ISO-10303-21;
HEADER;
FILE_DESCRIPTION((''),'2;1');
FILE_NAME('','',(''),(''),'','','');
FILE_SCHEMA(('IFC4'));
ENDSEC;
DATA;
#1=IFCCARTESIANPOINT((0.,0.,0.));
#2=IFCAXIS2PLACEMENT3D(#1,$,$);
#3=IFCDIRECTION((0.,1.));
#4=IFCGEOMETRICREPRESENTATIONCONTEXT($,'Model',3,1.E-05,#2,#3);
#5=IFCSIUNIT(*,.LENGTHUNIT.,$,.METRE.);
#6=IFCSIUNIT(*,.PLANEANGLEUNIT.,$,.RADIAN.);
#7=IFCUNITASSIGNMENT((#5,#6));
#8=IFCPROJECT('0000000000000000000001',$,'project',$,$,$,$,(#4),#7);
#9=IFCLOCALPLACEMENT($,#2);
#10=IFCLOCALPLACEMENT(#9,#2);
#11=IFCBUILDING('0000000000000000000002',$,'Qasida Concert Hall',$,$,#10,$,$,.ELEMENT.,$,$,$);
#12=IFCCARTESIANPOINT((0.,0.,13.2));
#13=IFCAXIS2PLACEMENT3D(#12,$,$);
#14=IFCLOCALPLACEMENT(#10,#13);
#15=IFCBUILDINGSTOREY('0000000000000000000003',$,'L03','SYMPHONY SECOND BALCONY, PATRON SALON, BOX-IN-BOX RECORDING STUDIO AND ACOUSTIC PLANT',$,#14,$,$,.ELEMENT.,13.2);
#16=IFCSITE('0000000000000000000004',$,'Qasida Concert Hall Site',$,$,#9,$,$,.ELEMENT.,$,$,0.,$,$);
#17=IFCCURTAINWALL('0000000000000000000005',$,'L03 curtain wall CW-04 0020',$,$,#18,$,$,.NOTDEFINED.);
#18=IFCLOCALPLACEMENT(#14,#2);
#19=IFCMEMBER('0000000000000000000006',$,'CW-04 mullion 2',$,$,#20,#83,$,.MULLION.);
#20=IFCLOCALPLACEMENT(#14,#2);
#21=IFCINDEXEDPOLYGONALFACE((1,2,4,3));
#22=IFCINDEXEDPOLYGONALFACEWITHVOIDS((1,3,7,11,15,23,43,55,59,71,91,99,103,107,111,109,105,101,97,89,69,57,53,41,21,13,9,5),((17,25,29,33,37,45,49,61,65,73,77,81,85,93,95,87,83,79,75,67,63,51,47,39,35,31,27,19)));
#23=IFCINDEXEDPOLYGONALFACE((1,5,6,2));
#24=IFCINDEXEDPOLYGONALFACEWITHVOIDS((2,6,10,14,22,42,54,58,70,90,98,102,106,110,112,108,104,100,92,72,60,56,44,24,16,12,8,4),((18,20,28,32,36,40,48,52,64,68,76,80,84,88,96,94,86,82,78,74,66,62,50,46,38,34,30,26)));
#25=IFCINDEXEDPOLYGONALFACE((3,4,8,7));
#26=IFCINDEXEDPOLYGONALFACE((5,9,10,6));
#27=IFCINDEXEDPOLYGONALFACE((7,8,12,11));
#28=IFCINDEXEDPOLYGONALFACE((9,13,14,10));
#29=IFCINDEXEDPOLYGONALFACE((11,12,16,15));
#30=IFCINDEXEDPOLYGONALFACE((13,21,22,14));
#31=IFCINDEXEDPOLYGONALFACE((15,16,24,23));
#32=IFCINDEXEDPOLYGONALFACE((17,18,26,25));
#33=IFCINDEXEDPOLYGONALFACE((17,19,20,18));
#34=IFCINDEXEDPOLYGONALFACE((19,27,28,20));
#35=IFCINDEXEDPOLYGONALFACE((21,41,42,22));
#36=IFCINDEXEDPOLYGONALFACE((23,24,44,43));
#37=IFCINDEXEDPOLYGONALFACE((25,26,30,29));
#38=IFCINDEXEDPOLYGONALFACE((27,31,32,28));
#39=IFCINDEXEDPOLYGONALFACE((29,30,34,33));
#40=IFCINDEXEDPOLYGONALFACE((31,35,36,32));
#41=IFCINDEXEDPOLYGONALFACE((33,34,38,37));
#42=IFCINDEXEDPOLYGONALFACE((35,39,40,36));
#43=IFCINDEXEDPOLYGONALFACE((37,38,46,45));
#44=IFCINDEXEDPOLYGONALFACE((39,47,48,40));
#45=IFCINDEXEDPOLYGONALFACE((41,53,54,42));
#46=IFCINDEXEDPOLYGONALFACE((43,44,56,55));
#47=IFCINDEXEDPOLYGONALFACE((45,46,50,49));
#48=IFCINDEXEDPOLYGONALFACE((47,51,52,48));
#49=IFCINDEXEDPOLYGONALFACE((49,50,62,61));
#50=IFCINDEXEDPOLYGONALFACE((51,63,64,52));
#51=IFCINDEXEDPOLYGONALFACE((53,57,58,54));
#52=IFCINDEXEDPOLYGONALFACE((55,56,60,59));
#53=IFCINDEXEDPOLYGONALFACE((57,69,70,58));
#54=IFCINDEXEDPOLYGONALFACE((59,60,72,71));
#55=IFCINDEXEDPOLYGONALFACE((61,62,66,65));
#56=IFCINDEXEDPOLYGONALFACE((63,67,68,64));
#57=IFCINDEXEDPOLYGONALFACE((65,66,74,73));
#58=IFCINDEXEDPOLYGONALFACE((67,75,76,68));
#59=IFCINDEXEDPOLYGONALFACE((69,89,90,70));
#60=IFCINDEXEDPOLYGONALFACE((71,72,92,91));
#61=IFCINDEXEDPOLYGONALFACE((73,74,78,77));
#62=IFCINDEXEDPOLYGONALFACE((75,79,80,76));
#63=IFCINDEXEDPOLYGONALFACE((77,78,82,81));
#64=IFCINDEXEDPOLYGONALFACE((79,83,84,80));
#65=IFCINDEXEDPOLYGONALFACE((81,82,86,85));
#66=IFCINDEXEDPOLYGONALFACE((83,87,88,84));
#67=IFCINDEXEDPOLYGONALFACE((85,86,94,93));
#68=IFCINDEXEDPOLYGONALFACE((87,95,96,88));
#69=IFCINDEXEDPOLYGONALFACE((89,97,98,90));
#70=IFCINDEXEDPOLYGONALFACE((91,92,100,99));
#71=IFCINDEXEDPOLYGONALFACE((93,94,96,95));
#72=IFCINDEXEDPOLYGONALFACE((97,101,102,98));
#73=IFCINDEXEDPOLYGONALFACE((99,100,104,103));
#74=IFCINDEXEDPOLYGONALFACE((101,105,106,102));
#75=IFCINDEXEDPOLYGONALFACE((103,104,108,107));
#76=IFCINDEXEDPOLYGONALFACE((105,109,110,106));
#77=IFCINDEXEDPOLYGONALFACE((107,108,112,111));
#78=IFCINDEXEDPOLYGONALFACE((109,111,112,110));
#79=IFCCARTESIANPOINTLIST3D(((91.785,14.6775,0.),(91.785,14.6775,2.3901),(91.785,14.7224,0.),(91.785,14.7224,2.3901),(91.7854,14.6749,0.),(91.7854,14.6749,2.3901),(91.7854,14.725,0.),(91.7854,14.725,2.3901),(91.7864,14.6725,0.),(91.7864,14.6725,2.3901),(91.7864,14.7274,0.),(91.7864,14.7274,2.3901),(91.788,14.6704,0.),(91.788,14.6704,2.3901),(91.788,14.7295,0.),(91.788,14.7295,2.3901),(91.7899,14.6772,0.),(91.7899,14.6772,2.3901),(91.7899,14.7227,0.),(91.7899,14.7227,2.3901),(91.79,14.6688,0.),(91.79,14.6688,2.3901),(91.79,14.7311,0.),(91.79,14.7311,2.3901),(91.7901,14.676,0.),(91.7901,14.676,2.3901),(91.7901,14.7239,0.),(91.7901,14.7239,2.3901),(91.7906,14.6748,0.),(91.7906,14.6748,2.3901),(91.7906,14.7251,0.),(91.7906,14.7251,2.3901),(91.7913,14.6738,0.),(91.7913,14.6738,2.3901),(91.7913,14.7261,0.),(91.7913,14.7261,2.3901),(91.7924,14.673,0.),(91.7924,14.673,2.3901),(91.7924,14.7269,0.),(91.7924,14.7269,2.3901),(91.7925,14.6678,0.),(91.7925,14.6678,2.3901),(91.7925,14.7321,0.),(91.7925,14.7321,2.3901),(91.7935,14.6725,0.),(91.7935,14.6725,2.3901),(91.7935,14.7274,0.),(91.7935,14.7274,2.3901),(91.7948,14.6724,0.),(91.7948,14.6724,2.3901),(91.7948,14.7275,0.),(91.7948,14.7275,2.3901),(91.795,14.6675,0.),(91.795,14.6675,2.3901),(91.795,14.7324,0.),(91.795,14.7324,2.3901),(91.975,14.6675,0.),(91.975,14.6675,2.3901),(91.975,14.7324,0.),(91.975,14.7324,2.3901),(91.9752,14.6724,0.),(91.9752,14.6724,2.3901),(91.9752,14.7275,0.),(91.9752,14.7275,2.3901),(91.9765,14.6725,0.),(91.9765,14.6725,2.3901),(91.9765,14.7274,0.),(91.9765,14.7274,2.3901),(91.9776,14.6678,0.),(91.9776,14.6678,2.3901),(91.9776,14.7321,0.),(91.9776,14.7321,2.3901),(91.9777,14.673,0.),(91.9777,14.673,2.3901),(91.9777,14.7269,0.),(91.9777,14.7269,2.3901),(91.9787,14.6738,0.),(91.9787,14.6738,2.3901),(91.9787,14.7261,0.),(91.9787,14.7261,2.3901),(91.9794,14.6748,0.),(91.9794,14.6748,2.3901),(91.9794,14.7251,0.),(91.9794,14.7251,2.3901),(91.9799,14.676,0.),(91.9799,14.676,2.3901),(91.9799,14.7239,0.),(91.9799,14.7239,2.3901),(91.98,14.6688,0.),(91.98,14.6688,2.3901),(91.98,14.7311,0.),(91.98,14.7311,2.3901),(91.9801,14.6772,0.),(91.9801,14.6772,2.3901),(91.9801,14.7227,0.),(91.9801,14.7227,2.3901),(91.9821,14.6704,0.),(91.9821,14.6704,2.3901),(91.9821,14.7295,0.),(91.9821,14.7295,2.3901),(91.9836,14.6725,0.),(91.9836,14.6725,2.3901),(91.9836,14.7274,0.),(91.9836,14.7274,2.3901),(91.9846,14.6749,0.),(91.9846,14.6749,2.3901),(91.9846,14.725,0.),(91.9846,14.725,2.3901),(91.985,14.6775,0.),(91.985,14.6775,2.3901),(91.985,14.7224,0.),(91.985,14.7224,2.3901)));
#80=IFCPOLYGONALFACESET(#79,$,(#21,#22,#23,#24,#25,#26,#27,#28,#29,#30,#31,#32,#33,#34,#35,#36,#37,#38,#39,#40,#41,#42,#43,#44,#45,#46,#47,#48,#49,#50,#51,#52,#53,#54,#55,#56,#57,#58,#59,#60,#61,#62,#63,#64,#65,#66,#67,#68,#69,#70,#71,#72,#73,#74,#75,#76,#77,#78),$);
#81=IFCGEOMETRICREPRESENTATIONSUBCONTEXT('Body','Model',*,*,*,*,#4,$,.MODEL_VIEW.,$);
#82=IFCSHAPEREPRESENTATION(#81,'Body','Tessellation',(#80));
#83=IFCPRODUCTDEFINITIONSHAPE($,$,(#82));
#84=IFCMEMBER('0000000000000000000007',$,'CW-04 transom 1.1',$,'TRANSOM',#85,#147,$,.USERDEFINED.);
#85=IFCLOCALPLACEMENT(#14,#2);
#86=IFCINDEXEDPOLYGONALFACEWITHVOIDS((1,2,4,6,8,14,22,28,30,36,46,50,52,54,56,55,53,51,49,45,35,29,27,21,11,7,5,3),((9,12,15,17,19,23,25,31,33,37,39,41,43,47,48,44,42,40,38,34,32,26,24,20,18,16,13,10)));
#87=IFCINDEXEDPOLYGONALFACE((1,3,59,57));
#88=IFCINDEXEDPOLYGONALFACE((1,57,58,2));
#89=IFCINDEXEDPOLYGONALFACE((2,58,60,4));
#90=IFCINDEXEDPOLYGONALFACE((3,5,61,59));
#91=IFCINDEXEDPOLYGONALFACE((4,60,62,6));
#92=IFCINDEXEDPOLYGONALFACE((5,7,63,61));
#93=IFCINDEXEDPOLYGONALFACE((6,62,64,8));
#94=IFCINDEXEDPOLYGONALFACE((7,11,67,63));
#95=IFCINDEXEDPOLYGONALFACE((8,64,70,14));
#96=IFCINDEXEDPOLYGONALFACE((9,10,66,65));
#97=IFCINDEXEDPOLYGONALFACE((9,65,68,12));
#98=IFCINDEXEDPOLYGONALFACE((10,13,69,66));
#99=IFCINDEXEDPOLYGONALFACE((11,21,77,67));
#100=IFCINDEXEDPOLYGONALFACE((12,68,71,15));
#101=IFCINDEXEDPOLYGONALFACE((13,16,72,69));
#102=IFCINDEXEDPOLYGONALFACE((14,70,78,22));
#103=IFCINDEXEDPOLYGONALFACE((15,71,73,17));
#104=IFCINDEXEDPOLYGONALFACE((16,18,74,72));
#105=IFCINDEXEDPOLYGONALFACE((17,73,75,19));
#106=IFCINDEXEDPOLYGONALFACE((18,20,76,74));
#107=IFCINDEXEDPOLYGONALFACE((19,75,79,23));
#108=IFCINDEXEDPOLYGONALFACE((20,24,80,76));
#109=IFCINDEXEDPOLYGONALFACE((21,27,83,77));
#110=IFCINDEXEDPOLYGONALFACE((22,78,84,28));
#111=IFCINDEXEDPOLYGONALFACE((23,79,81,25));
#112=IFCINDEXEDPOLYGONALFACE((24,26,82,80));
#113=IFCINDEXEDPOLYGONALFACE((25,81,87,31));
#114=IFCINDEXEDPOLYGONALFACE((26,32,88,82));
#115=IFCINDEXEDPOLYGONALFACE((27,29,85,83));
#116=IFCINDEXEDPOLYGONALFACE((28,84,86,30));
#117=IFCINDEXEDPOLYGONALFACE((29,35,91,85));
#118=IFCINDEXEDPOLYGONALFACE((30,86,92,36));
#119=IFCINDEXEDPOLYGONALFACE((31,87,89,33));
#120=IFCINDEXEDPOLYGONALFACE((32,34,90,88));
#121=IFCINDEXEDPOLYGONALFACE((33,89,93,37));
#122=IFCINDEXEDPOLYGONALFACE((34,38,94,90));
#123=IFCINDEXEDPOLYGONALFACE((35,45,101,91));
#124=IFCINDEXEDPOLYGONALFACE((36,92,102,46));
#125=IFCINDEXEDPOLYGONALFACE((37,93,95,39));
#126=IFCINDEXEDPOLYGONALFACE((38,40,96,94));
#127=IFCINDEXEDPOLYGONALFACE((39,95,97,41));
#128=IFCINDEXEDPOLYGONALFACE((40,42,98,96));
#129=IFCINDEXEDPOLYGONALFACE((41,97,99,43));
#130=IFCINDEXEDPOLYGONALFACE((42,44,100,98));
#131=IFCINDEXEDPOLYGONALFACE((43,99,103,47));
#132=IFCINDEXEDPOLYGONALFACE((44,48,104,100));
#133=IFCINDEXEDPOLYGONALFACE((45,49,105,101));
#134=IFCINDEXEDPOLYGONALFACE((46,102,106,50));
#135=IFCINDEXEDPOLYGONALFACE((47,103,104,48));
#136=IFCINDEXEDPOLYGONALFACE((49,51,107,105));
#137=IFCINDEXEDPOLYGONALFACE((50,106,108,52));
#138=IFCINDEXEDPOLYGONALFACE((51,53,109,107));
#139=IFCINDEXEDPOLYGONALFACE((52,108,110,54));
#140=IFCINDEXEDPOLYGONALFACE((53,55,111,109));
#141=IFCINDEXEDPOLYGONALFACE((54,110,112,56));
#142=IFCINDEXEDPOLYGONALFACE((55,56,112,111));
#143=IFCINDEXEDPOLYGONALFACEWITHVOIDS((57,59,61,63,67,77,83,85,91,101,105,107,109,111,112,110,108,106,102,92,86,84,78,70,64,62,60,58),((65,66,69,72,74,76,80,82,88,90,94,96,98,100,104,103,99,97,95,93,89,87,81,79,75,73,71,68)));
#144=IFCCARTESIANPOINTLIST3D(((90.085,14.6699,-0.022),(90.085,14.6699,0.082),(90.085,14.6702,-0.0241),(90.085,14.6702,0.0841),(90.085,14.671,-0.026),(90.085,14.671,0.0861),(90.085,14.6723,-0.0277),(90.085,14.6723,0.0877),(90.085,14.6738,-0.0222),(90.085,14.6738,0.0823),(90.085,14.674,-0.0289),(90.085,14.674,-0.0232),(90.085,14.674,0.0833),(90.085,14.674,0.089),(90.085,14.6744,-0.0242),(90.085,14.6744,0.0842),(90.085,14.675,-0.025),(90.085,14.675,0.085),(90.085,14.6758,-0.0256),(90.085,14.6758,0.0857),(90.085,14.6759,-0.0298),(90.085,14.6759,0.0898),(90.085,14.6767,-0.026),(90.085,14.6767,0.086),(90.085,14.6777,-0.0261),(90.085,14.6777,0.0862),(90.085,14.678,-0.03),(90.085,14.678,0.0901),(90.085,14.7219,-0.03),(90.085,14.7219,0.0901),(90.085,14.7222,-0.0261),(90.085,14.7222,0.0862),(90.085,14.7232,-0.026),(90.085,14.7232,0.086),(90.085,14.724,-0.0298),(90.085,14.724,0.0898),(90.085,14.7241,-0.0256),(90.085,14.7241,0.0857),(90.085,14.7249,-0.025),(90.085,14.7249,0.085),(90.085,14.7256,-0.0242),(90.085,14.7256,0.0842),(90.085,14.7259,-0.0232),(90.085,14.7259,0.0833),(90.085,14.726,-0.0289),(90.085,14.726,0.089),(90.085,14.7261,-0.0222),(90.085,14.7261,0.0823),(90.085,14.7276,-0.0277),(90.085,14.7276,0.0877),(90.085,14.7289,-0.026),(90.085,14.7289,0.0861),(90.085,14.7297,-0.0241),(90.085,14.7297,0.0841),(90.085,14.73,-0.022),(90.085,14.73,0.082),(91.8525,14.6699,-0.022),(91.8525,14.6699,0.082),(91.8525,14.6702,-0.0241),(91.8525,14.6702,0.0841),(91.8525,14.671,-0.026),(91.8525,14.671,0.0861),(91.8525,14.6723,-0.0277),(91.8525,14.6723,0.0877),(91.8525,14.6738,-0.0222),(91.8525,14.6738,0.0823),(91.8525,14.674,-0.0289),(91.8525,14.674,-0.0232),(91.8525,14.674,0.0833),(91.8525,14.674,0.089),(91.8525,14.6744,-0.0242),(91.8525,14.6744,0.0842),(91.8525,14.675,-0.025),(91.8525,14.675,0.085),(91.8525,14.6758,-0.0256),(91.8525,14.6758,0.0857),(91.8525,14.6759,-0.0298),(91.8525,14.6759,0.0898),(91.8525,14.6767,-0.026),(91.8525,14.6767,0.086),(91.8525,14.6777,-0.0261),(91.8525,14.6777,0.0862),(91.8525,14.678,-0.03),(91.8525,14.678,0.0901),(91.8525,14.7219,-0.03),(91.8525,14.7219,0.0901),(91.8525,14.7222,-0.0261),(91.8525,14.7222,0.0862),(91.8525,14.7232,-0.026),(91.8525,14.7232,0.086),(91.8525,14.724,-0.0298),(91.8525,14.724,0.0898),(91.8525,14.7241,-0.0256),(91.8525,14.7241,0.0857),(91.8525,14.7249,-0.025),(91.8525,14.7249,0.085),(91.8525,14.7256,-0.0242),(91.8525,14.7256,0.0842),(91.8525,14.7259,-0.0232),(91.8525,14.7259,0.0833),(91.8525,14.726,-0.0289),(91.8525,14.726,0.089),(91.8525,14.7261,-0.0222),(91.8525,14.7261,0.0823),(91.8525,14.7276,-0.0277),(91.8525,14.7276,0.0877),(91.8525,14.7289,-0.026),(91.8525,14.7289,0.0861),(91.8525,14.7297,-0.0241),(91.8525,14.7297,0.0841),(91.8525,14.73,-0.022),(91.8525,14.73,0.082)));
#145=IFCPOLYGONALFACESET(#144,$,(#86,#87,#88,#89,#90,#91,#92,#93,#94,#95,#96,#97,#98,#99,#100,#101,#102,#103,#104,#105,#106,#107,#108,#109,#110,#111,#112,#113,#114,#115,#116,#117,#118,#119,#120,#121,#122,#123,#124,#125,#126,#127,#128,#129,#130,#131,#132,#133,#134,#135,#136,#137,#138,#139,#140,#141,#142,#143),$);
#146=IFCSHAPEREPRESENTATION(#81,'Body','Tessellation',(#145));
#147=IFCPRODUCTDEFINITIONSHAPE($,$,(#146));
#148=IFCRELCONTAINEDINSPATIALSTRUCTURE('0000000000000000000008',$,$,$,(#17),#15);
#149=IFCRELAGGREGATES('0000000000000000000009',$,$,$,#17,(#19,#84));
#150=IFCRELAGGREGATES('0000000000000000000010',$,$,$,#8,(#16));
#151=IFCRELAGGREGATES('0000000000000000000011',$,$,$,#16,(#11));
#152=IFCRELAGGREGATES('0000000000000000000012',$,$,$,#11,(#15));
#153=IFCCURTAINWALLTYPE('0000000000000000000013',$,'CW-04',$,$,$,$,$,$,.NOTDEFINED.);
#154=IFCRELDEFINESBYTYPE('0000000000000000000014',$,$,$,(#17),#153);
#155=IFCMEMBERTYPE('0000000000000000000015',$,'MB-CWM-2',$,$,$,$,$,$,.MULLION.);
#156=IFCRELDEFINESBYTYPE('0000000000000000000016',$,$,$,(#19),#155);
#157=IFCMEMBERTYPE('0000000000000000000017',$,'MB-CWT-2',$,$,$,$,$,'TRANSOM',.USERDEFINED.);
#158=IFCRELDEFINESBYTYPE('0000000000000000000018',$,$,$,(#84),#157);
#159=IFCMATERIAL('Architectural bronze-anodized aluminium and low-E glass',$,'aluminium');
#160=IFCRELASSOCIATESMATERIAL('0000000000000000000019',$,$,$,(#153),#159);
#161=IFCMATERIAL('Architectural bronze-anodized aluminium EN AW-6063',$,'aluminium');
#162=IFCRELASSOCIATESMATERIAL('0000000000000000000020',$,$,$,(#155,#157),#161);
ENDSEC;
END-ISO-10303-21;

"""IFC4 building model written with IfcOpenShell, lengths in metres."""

from ifc_helpers import new_model, si_unit, direction, frame, origin, origin_2d, place, context, subcontext, project, spatial, hollow_rectangle, extrude, material, material_profile, profile_set, type_object, element, aggregate, save


model = new_model("IFC4")

# Units and contexts
model_context = context("Model", 3, precision=1e-05, world=origin(), true_north=direction((0.0, 1.0)))
body_context = subcontext(model_context, "Body", "Model", "MODEL_VIEW")
ifc_project = project(units=[si_unit("LENGTHUNIT", "METRE"), si_unit("PLANEANGLEUNIT", "RADIAN")], contexts=[model_context])

# Site, building, storey
site_placement = place(None, origin())
site = spatial("IfcSite", under=ifc_project, at=site_placement, Name="Qasida Concert Hall Site", CompositionType="ELEMENT", RefElevation=0.0)
building_placement = place(site_placement, origin())
building = spatial("IfcBuilding", under=site, at=building_placement, Name="Qasida Concert Hall", CompositionType="ELEMENT")
storey_placement = place(building_placement, frame((0.0, 0.0, 13.2)))
storey = spatial("IfcBuildingStorey", under=building, at=storey_placement, Name="L03", Description="SYMPHONY SECOND BALCONY, PATRON SALON, BOX-IN-BOX RECORDING STUDIO AND ACOUSTIC PLANT", CompositionType="ELEMENT", Elevation=13.2)

# Shared definitions
ifc_material_1 = material(Name="Architectural bronze-anodized aluminium and low-E glass", Category="aluminium")
curtain_wall_type = type_object("IfcCurtainWallType", Name="CW-04", PredefinedType="NOTDEFINED", material=ifc_material_1)
ifc_material_2 = material(Name="Architectural bronze-anodized aluminium EN AW-6063", Category="aluminium")
ifc_material_profile_1 = material_profile(ifc_material_2, hollow_rectangle(XDim=0.0649, YDim=0.2, WallThickness=0.0049, InnerFilletRadius=0.0049, OuterFilletRadius=0.01, at=origin_2d()), Name="CWM 200x65x5")
ifc_profile_set_1 = profile_set([ifc_material_profile_1], Name="Architectural bronze-anodized aluminium EN AW-6063")
member_type_1 = type_object("IfcMemberType", Name="MB-CWM-2", PredefinedType="MULLION", material=ifc_profile_set_1)

# Curtain wall, members
curtain_wall_1_placement = place(storey_placement, origin())
curtain_wall_1 = element("IfcCurtainWall", 1, at=curtain_wall_1_placement, inside=storey, type_object=curtain_wall_type, Name="L03 curtain wall CW-04 0020", PredefinedType="NOTDEFINED")
member_1_placement = place(storey_placement, frame((91.885, 14.7, 0.0), z_axis=(0.0, 0.0, 1.0), x_axis=(0.0, 1.0, 0.0)))
member_1 = element("IfcMember", 2, at=member_1_placement, type_object=member_type_1, Name="CW-04 mullion 2", PredefinedType="MULLION", context=body_context, shape_type="SweptSolid", body=[
    extrude(hollow_rectangle(XDim=0.0649, YDim=0.2, WallThickness=0.0049, InnerFilletRadius=0.0049, OuterFilletRadius=0.01, at=origin_2d()), origin(), (0.0, 0.0, 1.0), 2.3901),
])
ifc_material_profile_2 = material_profile(ifc_material_2, hollow_rectangle(XDim=0.0601, YDim=0.1201, WallThickness=0.0039, InnerFilletRadius=0.0039, OuterFilletRadius=0.0081, at=origin_2d()), Name="CWT 120x60x4")
ifc_profile_set_2 = profile_set([ifc_material_profile_2], Name="Architectural bronze-anodized aluminium EN AW-6063")
member_type_2 = type_object("IfcMemberType", Name="MB-CWT-2", ElementType="TRANSOM", PredefinedType="USERDEFINED", material=ifc_profile_set_2)
member_2_placement = place(storey_placement, frame((90.085, 14.7, 0.03), z_axis=(1.0, 0.0, 0.0), x_axis=(0.0, 1.0, 0.0)))
member_2 = element("IfcMember", 3, at=member_2_placement, type_object=member_type_2, Name="CW-04 transom 1.1", ObjectType="TRANSOM", PredefinedType="USERDEFINED", context=body_context, shape_type="SweptSolid", body=[
    extrude(hollow_rectangle(XDim=0.0601, YDim=0.1201, WallThickness=0.0039, InnerFilletRadius=0.0039, OuterFilletRadius=0.0081, at=origin_2d()), origin(), (0.0, 0.0, 1.0), 1.7676),
])

aggregate(curtain_wall_1, [member_1, member_2])

save(model, "model.ifc")
